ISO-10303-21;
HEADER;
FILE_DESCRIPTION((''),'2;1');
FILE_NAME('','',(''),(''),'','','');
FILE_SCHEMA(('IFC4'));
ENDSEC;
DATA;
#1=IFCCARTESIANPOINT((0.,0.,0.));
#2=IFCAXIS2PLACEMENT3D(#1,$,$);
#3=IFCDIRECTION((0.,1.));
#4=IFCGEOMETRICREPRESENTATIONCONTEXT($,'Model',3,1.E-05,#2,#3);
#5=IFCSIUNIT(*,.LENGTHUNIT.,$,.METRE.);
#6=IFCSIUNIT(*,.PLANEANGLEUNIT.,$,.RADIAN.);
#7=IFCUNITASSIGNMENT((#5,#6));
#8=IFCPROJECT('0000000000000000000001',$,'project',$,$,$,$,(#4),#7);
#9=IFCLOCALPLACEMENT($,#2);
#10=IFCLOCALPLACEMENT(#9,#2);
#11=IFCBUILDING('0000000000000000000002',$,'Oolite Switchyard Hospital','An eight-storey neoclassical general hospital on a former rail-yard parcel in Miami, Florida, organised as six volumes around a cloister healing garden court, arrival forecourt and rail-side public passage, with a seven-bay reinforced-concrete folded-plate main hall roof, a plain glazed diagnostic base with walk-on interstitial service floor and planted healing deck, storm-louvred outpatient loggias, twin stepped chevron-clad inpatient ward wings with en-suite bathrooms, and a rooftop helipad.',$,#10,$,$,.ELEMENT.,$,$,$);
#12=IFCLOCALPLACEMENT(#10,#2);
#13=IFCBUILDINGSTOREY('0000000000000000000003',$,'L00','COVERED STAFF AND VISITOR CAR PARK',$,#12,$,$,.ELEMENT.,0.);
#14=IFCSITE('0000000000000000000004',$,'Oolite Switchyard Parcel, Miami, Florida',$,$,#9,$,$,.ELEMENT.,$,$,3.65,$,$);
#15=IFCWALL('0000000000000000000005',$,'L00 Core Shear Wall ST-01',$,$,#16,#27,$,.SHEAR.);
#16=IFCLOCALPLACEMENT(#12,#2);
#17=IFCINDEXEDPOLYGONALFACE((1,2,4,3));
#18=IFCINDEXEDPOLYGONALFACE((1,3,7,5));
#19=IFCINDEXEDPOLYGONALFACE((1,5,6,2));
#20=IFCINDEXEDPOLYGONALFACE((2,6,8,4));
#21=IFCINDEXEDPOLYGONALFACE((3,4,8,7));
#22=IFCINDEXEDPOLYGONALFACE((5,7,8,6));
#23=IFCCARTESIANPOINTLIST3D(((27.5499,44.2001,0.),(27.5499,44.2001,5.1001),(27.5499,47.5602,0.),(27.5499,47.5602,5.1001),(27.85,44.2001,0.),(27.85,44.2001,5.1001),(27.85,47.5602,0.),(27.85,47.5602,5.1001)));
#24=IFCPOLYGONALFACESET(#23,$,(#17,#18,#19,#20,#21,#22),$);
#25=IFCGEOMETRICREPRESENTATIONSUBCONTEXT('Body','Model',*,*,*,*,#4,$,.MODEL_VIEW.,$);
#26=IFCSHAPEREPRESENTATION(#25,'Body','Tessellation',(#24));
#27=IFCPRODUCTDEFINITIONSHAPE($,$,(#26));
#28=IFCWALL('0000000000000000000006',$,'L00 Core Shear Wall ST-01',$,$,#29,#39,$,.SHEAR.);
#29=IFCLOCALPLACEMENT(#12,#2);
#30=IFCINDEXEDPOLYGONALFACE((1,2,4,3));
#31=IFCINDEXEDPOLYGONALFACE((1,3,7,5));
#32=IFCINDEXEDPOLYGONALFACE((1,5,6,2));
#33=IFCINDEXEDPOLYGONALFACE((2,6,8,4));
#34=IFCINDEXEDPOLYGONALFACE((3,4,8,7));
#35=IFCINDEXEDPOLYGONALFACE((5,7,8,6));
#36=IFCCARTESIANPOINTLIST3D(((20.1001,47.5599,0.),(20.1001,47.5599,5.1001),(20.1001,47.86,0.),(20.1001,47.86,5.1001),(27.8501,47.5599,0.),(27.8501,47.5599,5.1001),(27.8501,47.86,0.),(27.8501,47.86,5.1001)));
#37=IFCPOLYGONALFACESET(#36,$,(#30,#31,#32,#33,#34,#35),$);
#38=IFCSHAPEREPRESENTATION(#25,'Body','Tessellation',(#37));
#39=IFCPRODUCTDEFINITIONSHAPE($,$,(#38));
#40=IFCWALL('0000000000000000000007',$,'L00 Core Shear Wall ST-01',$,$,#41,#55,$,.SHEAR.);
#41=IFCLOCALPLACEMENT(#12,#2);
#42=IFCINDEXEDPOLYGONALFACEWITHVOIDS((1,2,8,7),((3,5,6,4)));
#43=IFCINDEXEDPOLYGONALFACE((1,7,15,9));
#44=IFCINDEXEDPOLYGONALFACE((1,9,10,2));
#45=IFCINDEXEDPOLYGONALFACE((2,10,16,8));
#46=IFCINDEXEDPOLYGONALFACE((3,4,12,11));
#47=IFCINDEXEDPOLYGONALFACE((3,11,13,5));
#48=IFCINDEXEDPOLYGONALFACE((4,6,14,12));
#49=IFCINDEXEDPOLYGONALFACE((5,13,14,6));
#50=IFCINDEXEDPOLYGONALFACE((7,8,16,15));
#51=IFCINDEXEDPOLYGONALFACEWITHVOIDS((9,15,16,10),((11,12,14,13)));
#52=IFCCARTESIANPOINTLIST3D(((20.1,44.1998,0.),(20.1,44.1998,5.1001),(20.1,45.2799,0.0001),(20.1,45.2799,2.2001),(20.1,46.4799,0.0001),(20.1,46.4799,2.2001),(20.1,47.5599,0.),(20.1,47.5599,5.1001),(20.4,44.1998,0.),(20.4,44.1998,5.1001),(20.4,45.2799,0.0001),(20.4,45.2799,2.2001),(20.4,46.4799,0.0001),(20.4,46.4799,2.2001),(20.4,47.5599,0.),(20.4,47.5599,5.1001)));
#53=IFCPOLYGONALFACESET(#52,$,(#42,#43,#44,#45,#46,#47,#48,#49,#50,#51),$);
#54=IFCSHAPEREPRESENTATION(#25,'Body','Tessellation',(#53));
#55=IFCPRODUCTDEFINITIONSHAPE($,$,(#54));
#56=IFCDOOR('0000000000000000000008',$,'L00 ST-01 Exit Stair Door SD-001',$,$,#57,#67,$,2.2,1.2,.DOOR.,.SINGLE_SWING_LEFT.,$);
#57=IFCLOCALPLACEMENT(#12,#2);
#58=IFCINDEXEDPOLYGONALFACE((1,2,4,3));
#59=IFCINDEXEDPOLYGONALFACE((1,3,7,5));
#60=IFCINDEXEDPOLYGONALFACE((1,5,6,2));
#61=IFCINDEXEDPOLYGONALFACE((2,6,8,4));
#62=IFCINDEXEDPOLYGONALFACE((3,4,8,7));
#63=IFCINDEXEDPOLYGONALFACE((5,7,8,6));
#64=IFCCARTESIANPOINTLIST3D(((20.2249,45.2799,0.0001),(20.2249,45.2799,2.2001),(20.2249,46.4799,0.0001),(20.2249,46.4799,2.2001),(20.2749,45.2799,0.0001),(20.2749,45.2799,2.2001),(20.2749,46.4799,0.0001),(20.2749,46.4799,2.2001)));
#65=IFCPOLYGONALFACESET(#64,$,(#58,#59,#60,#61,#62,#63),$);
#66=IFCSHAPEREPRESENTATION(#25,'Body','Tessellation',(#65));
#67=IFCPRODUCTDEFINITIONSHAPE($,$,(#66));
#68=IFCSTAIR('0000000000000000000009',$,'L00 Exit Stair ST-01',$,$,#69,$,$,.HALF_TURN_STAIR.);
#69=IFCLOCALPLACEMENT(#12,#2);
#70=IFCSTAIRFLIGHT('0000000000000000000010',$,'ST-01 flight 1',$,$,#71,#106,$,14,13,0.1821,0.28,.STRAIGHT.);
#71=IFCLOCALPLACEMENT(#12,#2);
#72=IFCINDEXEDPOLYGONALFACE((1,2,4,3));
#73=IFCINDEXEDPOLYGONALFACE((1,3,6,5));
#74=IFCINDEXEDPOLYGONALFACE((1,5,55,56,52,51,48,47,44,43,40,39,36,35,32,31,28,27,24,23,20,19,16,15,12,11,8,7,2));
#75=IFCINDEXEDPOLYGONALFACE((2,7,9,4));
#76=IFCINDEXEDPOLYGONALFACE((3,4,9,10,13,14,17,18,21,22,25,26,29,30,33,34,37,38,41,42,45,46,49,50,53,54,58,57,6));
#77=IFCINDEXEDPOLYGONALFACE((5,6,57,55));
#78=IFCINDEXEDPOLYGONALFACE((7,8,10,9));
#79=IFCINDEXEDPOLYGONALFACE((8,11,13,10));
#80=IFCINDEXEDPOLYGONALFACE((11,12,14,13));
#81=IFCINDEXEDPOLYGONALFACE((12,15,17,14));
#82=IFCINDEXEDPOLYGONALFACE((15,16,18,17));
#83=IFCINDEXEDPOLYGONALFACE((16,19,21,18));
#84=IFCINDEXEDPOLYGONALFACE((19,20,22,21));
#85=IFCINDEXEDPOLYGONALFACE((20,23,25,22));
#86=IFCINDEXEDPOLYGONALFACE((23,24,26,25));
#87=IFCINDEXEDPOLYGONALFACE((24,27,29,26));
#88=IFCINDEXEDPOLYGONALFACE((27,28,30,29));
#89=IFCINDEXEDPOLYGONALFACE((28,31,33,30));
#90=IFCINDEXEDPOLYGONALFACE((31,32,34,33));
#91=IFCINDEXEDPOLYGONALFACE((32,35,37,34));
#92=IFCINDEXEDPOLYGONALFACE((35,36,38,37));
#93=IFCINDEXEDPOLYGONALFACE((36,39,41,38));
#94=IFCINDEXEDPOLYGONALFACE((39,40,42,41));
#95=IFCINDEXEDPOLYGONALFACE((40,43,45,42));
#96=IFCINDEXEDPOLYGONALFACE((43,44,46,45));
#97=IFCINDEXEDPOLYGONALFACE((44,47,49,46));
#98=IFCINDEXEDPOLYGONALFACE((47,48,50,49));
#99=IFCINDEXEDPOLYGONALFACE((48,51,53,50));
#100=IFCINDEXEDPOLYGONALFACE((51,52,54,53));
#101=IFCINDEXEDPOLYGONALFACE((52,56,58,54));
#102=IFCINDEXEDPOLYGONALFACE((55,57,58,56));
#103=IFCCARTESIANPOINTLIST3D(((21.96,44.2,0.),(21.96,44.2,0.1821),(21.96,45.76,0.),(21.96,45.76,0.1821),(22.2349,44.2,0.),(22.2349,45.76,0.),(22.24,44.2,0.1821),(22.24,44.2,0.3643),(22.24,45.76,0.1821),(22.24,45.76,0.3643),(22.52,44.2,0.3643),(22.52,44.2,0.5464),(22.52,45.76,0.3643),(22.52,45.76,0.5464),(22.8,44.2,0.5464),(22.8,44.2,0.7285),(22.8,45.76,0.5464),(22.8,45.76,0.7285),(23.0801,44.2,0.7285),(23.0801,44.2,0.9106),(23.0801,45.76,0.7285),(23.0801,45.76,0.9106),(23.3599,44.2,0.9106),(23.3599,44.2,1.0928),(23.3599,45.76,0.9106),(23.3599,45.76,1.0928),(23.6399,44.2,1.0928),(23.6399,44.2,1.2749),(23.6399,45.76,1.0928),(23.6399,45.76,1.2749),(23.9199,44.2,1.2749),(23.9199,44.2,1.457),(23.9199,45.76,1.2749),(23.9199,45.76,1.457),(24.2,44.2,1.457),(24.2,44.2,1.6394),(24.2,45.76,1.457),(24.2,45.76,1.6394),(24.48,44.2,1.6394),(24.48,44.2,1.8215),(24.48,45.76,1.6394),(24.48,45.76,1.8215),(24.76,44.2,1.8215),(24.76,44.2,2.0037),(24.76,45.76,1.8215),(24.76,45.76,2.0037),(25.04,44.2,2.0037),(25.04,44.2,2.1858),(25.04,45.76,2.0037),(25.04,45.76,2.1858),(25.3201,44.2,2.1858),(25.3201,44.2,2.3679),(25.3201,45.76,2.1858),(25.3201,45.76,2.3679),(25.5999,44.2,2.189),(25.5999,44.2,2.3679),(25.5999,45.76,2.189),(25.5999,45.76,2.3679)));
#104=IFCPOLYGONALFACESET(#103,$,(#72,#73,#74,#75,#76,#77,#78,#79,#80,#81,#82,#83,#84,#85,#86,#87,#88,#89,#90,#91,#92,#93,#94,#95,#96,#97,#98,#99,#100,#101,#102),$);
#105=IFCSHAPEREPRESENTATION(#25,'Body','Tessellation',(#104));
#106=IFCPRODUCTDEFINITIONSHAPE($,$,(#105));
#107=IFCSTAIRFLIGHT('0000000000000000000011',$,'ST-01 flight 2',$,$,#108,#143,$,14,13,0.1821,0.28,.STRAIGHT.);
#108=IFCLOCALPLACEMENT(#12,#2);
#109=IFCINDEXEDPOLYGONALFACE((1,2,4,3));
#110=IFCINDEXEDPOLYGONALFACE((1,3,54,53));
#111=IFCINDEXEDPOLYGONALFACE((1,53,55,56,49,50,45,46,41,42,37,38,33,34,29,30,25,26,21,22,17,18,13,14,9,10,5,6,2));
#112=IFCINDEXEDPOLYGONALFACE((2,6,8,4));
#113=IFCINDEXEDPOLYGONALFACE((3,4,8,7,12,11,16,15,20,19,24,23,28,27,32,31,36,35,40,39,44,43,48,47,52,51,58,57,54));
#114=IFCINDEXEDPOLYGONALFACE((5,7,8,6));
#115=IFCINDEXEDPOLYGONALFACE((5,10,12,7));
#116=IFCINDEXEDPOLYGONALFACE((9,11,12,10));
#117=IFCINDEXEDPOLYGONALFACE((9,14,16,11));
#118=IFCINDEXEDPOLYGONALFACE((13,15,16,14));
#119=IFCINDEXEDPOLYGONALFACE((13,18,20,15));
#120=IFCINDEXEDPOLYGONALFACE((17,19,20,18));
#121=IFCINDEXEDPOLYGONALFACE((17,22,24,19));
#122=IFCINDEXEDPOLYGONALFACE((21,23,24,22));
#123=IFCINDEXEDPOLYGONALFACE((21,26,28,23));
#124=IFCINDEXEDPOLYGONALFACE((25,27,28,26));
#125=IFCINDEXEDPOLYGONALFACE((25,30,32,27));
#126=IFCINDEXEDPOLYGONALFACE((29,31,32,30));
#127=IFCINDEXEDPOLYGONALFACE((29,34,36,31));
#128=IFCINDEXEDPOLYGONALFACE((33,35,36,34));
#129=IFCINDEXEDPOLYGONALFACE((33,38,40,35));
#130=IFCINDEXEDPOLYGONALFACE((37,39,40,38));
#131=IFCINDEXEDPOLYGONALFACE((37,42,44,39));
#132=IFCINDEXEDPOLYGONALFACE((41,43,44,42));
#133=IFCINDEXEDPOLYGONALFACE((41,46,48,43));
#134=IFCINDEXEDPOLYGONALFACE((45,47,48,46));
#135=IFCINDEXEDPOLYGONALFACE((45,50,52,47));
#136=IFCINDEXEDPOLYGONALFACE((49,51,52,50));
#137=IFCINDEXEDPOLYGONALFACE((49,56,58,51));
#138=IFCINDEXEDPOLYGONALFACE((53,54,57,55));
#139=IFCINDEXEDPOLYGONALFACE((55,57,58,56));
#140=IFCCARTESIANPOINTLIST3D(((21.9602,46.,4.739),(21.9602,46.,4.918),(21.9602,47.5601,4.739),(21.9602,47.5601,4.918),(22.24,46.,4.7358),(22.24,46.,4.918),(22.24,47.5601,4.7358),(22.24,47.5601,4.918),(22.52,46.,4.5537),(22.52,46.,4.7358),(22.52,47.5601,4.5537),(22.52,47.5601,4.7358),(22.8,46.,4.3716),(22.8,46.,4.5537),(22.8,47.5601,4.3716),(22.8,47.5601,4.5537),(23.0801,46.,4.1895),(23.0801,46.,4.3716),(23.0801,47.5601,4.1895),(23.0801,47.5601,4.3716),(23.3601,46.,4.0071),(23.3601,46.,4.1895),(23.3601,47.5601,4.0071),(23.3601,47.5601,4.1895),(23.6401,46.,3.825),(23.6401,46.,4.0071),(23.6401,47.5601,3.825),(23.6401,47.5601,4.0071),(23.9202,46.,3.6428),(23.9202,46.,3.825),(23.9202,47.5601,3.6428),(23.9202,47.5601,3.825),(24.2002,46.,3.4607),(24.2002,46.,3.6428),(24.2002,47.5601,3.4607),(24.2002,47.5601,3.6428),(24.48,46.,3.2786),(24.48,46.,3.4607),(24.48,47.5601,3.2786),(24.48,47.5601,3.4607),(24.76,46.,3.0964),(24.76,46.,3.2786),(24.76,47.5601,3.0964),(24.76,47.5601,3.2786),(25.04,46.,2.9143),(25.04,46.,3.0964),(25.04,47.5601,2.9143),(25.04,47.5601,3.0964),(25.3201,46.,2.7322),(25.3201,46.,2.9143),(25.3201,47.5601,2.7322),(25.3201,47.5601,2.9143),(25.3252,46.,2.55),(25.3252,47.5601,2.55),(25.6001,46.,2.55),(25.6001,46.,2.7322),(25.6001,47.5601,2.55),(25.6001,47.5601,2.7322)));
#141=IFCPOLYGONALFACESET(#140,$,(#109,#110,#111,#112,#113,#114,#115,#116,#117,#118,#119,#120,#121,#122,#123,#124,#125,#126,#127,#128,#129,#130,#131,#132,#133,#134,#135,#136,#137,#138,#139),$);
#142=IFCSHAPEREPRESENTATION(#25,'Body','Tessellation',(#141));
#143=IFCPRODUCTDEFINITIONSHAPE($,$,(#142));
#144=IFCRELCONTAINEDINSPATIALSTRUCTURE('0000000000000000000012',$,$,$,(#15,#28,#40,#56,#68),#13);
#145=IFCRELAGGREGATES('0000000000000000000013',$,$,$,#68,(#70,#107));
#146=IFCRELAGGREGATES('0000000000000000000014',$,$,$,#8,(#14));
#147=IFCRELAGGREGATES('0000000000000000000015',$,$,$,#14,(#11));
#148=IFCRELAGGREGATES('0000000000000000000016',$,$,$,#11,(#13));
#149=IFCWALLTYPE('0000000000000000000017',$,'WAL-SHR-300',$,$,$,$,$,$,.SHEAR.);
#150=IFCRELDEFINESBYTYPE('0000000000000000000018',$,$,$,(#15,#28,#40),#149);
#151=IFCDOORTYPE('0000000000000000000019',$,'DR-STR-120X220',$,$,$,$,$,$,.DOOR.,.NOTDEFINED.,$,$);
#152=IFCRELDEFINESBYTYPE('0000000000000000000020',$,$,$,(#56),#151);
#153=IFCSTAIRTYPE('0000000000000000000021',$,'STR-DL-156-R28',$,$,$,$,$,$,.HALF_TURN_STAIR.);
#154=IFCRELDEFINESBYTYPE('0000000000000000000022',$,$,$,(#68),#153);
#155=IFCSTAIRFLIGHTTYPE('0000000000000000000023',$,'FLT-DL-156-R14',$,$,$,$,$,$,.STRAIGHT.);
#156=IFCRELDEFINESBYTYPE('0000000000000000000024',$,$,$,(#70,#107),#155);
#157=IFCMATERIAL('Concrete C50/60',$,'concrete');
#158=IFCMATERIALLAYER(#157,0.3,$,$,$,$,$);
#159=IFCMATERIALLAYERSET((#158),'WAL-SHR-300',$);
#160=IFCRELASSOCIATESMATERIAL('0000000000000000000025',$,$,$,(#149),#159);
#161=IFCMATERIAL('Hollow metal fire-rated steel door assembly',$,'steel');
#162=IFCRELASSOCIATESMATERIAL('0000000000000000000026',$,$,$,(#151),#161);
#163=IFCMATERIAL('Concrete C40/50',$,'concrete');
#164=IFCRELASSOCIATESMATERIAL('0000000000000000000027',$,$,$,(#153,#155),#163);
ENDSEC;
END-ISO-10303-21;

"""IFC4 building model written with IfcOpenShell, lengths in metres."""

from ifc_helpers import new_model, si_unit, direction, frame, frame_2d, origin, place, context, subcontext, project, spatial, polyline, rectangle, outline, extrude, material, layer, layer_set, type_object, element, fill, aggregate, save


model = new_model("IFC4")

# Units and contexts
model_context = context("Model", 3, precision=1e-05, world=origin(), true_north=direction((0.0, 1.0)))
body_context = subcontext(model_context, "Body", "Model", "MODEL_VIEW")
ifc_project = project(units=[si_unit("LENGTHUNIT", "METRE"), si_unit("PLANEANGLEUNIT", "RADIAN")], contexts=[model_context])

# Site, building, storey
site_placement = place(None, origin())
site = spatial("IfcSite", under=ifc_project, at=site_placement, Name="Oolite Switchyard Parcel, Miami, Florida", CompositionType="ELEMENT", RefElevation=3.65)
building_placement = place(site_placement, origin())
building = spatial("IfcBuilding", under=site, at=building_placement, Name="Oolite Switchyard Hospital", Description="An eight-storey neoclassical general hospital on a former rail-yard parcel in Miami, Florida, organised as six volumes around a cloister healing garden court, arrival forecourt and rail-side public passage, with a seven-bay reinforced-concrete folded-plate main hall roof, a plain glazed diagnostic base with walk-on interstitial service floor and planted healing deck, storm-louvred outpatient loggias, twin stepped chevron-clad inpatient ward wings with en-suite bathrooms, and a rooftop helipad.", CompositionType="ELEMENT")
storey_placement = place(building_placement, origin())
storey = spatial("IfcBuildingStorey", under=building, at=storey_placement, Name="L00", Description="COVERED STAFF AND VISITOR CAR PARK", CompositionType="ELEMENT", Elevation=0.0)

# Shared definitions
ifc_material_1 = material(Name="Concrete C40/50", Category="concrete")

# Shared definitions
ifc_material_2 = material(Name="Concrete C50/60", Category="concrete")

# Walls
ifc_layer = layer(ifc_material_2, 0.3)
ifc_layer_set = layer_set([ifc_layer], Name="WAL-SHR-300")
wall_type = type_object("IfcWallType", Name="WAL-SHR-300", PredefinedType="SHEAR", material=ifc_layer_set)
wall_1_placement = place(storey_placement, frame((27.7, 44.2, 0.0), z_axis=(0.0, 0.0, 1.0), x_axis=(0.0, 1.0, 0.0)))
element("IfcWall", 1, at=wall_1_placement, inside=storey, type_object=wall_type, Name="L00 Core Shear Wall ST-01", PredefinedType="SHEAR", context=body_context, shape_type="SweptSolid", body=[
    extrude(rectangle(XDim=3.3601, YDim=0.3, at=frame_2d((1.6802, 0.0))), origin(), (0.0, 0.0, 1.0), 5.1001),
])
wall_2_placement = place(storey_placement, frame((27.8501, 47.71, 0.0), z_axis=(0.0, 0.0, 1.0), x_axis=(-1.0, 0.0, 0.0)))
element("IfcWall", 2, at=wall_2_placement, inside=storey, type_object=wall_type, Name="L00 Core Shear Wall ST-01", PredefinedType="SHEAR", context=body_context, shape_type="SweptSolid", body=[
    extrude(rectangle(XDim=7.75, YDim=0.3, at=frame_2d((3.875, 0.0))), origin(), (0.0, 0.0, 1.0), 5.1001),
])

# Wall, opening, door
wall_3_placement = place(storey_placement, frame((20.25, 47.5601, 0.0), z_axis=(0.0, 0.0, 1.0), x_axis=(0.0, -1.0, 0.0)))
wall_3 = element("IfcWall", 3, at=wall_3_placement, inside=storey, type_object=wall_type, Name="L00 Core Shear Wall ST-01", PredefinedType="SHEAR", context=body_context, shape_type="SweptSolid", body=[
    extrude(rectangle(XDim=3.3601, YDim=0.3, at=frame_2d((1.6802, 0.0))), origin(), (0.0, 0.0, 1.0), 5.1001),
])
opening_placement = place(wall_3_placement, frame((1.0801, 0.0, 0.0)))
opening = element("IfcOpeningElement", 4, at=opening_placement, cuts=wall_3, PredefinedType="OPENING", context=body_context, shape_type="SweptSolid", body=[
    extrude(rectangle(XDim=1.2, YDim=2.2, at=frame_2d((0.6001, 1.1001))), frame((0.0, 0.1602, 0.0), z_axis=(0.0, -1.0, 0.0), x_axis=(1.0, 0.0, 0.0)), (0.0, 0.0, 1.0), 0.3201),
])
ifc_material_3 = material(Name="Hollow metal fire-rated steel door assembly", Category="steel")
door_type = type_object("IfcDoorType", Name="DR-STR-120X220", OperationType="NOTDEFINED", PredefinedType="DOOR", material=ifc_material_3)
door_placement = place(opening_placement, origin())
door = element("IfcDoor", 5, at=door_placement, inside=storey, type_object=door_type, Name="L00 ST-01 Exit Stair Door SD-001", OperationType="SINGLE_SWING_LEFT", OverallHeight=2.2, OverallWidth=1.2, PredefinedType="DOOR", context=body_context, shape_type="SweptSolid", body=[
    extrude(rectangle(XDim=1.2, YDim=2.2, at=frame_2d((0.6001, 1.1001))), frame((0.0, 0.0249, 0.0), z_axis=(0.0, -1.0, 0.0), x_axis=(1.0, 0.0, 0.0)), (0.0, 0.0, 1.0), 0.05),
])
fill(opening, door)

# Stair, stair flights
stair_type = type_object("IfcStairType", Name="STR-DL-156-R28", PredefinedType="HALF_TURN_STAIR", material=ifc_material_1)
stair_placement = place(storey_placement, origin())
stair = element("IfcStair", 6, at=stair_placement, inside=storey, type_object=stair_type, Name="L00 Exit Stair ST-01", PredefinedType="HALF_TURN_STAIR")
stair_flight_type = type_object("IfcStairFlightType", Name="FLT-DL-156-R14", PredefinedType="STRAIGHT", material=ifc_material_1)
stair_flight_1_placement = place(storey_placement, frame((21.96, 44.98, 0.0), z_axis=(0.0, 0.0, 1.0), x_axis=(1.0, 0.0, 0.0)))
stair_flight_1 = element("IfcStairFlight", 7, at=stair_flight_1_placement, type_object=stair_flight_type, Name="ST-01 flight 1", NumberOfRisers=14, NumberOfTreads=13, PredefinedType="STRAIGHT", RiserHeight=0.1821, TreadLength=0.28, context=body_context, shape_type="SweptSolid", body=[
    extrude(outline(polyline([(0.0, 0.0), (0.0, 0.1821), (0.28, 0.1821), (0.28, 0.3643), (0.5601, 0.3643), (0.5601, 0.5464), (0.8401, 0.5464), (0.8401, 0.7285), (1.1201, 0.7285), (1.1201, 0.9106), (1.3999, 0.9106), (1.3999, 1.0928), (1.6799, 1.0928), (1.6799, 1.2749), (1.96, 1.2749), (1.96, 1.457), (2.24, 1.457), (2.24, 1.6394), (2.52, 1.6394), (2.52, 1.8215), (2.8, 1.8215), (2.8, 2.0037), (3.0801, 2.0037), (3.0801, 2.1858), (3.3601, 2.1858), (3.3601, 2.3679), (3.6399, 2.3679), (3.6399, 2.55), (3.6399, 2.189), (0.2749, 0.0), (0.0, 0.0)])), frame((0.0, 0.78, 0.0), z_axis=(0.0, -1.0, 0.0), x_axis=(1.0, 0.0, 0.0)), (0.0, 0.0, 1.0), 1.5601),
])
stair_flight_2_placement = place(storey_placement, frame((25.6001, 46.78, 2.55), z_axis=(0.0, 0.0, 1.0), x_axis=(-1.0, 0.0, 0.0)))
stair_flight_2 = element("IfcStairFlight", 8, at=stair_flight_2_placement, type_object=stair_flight_type, Name="ST-01 flight 2", NumberOfRisers=14, NumberOfTreads=13, PredefinedType="STRAIGHT", RiserHeight=0.1821, TreadLength=0.28, context=body_context, shape_type="SweptSolid", body=[
    extrude(outline(polyline([(0.0, 0.0), (0.0, 0.1821), (0.28, 0.1821), (0.28, 0.3643), (0.5601, 0.3643), (0.5601, 0.5464), (0.8401, 0.5464), (0.8401, 0.7285), (1.1201, 0.7285), (1.1201, 0.9106), (1.3999, 0.9106), (1.3999, 1.0928), (1.6799, 1.0928), (1.6799, 1.2749), (1.96, 1.2749), (1.96, 1.457), (2.24, 1.457), (2.24, 1.6394), (2.52, 1.6394), (2.52, 1.8215), (2.8, 1.8215), (2.8, 2.0037), (3.0801, 2.0037), (3.0801, 2.1858), (3.3601, 2.1858), (3.3601, 2.3679), (3.6399, 2.3679), (3.6399, 2.55), (3.6399, 2.189), (0.2749, 0.0), (0.0, 0.0)])), frame((0.0, 0.78, 0.0), z_axis=(0.0, -1.0, 0.0), x_axis=(1.0, 0.0, 0.0)), (0.0, 0.0, 1.0), 1.5601),
])
aggregate(stair, [stair_flight_1, stair_flight_2])

save(model, "model.ifc")
